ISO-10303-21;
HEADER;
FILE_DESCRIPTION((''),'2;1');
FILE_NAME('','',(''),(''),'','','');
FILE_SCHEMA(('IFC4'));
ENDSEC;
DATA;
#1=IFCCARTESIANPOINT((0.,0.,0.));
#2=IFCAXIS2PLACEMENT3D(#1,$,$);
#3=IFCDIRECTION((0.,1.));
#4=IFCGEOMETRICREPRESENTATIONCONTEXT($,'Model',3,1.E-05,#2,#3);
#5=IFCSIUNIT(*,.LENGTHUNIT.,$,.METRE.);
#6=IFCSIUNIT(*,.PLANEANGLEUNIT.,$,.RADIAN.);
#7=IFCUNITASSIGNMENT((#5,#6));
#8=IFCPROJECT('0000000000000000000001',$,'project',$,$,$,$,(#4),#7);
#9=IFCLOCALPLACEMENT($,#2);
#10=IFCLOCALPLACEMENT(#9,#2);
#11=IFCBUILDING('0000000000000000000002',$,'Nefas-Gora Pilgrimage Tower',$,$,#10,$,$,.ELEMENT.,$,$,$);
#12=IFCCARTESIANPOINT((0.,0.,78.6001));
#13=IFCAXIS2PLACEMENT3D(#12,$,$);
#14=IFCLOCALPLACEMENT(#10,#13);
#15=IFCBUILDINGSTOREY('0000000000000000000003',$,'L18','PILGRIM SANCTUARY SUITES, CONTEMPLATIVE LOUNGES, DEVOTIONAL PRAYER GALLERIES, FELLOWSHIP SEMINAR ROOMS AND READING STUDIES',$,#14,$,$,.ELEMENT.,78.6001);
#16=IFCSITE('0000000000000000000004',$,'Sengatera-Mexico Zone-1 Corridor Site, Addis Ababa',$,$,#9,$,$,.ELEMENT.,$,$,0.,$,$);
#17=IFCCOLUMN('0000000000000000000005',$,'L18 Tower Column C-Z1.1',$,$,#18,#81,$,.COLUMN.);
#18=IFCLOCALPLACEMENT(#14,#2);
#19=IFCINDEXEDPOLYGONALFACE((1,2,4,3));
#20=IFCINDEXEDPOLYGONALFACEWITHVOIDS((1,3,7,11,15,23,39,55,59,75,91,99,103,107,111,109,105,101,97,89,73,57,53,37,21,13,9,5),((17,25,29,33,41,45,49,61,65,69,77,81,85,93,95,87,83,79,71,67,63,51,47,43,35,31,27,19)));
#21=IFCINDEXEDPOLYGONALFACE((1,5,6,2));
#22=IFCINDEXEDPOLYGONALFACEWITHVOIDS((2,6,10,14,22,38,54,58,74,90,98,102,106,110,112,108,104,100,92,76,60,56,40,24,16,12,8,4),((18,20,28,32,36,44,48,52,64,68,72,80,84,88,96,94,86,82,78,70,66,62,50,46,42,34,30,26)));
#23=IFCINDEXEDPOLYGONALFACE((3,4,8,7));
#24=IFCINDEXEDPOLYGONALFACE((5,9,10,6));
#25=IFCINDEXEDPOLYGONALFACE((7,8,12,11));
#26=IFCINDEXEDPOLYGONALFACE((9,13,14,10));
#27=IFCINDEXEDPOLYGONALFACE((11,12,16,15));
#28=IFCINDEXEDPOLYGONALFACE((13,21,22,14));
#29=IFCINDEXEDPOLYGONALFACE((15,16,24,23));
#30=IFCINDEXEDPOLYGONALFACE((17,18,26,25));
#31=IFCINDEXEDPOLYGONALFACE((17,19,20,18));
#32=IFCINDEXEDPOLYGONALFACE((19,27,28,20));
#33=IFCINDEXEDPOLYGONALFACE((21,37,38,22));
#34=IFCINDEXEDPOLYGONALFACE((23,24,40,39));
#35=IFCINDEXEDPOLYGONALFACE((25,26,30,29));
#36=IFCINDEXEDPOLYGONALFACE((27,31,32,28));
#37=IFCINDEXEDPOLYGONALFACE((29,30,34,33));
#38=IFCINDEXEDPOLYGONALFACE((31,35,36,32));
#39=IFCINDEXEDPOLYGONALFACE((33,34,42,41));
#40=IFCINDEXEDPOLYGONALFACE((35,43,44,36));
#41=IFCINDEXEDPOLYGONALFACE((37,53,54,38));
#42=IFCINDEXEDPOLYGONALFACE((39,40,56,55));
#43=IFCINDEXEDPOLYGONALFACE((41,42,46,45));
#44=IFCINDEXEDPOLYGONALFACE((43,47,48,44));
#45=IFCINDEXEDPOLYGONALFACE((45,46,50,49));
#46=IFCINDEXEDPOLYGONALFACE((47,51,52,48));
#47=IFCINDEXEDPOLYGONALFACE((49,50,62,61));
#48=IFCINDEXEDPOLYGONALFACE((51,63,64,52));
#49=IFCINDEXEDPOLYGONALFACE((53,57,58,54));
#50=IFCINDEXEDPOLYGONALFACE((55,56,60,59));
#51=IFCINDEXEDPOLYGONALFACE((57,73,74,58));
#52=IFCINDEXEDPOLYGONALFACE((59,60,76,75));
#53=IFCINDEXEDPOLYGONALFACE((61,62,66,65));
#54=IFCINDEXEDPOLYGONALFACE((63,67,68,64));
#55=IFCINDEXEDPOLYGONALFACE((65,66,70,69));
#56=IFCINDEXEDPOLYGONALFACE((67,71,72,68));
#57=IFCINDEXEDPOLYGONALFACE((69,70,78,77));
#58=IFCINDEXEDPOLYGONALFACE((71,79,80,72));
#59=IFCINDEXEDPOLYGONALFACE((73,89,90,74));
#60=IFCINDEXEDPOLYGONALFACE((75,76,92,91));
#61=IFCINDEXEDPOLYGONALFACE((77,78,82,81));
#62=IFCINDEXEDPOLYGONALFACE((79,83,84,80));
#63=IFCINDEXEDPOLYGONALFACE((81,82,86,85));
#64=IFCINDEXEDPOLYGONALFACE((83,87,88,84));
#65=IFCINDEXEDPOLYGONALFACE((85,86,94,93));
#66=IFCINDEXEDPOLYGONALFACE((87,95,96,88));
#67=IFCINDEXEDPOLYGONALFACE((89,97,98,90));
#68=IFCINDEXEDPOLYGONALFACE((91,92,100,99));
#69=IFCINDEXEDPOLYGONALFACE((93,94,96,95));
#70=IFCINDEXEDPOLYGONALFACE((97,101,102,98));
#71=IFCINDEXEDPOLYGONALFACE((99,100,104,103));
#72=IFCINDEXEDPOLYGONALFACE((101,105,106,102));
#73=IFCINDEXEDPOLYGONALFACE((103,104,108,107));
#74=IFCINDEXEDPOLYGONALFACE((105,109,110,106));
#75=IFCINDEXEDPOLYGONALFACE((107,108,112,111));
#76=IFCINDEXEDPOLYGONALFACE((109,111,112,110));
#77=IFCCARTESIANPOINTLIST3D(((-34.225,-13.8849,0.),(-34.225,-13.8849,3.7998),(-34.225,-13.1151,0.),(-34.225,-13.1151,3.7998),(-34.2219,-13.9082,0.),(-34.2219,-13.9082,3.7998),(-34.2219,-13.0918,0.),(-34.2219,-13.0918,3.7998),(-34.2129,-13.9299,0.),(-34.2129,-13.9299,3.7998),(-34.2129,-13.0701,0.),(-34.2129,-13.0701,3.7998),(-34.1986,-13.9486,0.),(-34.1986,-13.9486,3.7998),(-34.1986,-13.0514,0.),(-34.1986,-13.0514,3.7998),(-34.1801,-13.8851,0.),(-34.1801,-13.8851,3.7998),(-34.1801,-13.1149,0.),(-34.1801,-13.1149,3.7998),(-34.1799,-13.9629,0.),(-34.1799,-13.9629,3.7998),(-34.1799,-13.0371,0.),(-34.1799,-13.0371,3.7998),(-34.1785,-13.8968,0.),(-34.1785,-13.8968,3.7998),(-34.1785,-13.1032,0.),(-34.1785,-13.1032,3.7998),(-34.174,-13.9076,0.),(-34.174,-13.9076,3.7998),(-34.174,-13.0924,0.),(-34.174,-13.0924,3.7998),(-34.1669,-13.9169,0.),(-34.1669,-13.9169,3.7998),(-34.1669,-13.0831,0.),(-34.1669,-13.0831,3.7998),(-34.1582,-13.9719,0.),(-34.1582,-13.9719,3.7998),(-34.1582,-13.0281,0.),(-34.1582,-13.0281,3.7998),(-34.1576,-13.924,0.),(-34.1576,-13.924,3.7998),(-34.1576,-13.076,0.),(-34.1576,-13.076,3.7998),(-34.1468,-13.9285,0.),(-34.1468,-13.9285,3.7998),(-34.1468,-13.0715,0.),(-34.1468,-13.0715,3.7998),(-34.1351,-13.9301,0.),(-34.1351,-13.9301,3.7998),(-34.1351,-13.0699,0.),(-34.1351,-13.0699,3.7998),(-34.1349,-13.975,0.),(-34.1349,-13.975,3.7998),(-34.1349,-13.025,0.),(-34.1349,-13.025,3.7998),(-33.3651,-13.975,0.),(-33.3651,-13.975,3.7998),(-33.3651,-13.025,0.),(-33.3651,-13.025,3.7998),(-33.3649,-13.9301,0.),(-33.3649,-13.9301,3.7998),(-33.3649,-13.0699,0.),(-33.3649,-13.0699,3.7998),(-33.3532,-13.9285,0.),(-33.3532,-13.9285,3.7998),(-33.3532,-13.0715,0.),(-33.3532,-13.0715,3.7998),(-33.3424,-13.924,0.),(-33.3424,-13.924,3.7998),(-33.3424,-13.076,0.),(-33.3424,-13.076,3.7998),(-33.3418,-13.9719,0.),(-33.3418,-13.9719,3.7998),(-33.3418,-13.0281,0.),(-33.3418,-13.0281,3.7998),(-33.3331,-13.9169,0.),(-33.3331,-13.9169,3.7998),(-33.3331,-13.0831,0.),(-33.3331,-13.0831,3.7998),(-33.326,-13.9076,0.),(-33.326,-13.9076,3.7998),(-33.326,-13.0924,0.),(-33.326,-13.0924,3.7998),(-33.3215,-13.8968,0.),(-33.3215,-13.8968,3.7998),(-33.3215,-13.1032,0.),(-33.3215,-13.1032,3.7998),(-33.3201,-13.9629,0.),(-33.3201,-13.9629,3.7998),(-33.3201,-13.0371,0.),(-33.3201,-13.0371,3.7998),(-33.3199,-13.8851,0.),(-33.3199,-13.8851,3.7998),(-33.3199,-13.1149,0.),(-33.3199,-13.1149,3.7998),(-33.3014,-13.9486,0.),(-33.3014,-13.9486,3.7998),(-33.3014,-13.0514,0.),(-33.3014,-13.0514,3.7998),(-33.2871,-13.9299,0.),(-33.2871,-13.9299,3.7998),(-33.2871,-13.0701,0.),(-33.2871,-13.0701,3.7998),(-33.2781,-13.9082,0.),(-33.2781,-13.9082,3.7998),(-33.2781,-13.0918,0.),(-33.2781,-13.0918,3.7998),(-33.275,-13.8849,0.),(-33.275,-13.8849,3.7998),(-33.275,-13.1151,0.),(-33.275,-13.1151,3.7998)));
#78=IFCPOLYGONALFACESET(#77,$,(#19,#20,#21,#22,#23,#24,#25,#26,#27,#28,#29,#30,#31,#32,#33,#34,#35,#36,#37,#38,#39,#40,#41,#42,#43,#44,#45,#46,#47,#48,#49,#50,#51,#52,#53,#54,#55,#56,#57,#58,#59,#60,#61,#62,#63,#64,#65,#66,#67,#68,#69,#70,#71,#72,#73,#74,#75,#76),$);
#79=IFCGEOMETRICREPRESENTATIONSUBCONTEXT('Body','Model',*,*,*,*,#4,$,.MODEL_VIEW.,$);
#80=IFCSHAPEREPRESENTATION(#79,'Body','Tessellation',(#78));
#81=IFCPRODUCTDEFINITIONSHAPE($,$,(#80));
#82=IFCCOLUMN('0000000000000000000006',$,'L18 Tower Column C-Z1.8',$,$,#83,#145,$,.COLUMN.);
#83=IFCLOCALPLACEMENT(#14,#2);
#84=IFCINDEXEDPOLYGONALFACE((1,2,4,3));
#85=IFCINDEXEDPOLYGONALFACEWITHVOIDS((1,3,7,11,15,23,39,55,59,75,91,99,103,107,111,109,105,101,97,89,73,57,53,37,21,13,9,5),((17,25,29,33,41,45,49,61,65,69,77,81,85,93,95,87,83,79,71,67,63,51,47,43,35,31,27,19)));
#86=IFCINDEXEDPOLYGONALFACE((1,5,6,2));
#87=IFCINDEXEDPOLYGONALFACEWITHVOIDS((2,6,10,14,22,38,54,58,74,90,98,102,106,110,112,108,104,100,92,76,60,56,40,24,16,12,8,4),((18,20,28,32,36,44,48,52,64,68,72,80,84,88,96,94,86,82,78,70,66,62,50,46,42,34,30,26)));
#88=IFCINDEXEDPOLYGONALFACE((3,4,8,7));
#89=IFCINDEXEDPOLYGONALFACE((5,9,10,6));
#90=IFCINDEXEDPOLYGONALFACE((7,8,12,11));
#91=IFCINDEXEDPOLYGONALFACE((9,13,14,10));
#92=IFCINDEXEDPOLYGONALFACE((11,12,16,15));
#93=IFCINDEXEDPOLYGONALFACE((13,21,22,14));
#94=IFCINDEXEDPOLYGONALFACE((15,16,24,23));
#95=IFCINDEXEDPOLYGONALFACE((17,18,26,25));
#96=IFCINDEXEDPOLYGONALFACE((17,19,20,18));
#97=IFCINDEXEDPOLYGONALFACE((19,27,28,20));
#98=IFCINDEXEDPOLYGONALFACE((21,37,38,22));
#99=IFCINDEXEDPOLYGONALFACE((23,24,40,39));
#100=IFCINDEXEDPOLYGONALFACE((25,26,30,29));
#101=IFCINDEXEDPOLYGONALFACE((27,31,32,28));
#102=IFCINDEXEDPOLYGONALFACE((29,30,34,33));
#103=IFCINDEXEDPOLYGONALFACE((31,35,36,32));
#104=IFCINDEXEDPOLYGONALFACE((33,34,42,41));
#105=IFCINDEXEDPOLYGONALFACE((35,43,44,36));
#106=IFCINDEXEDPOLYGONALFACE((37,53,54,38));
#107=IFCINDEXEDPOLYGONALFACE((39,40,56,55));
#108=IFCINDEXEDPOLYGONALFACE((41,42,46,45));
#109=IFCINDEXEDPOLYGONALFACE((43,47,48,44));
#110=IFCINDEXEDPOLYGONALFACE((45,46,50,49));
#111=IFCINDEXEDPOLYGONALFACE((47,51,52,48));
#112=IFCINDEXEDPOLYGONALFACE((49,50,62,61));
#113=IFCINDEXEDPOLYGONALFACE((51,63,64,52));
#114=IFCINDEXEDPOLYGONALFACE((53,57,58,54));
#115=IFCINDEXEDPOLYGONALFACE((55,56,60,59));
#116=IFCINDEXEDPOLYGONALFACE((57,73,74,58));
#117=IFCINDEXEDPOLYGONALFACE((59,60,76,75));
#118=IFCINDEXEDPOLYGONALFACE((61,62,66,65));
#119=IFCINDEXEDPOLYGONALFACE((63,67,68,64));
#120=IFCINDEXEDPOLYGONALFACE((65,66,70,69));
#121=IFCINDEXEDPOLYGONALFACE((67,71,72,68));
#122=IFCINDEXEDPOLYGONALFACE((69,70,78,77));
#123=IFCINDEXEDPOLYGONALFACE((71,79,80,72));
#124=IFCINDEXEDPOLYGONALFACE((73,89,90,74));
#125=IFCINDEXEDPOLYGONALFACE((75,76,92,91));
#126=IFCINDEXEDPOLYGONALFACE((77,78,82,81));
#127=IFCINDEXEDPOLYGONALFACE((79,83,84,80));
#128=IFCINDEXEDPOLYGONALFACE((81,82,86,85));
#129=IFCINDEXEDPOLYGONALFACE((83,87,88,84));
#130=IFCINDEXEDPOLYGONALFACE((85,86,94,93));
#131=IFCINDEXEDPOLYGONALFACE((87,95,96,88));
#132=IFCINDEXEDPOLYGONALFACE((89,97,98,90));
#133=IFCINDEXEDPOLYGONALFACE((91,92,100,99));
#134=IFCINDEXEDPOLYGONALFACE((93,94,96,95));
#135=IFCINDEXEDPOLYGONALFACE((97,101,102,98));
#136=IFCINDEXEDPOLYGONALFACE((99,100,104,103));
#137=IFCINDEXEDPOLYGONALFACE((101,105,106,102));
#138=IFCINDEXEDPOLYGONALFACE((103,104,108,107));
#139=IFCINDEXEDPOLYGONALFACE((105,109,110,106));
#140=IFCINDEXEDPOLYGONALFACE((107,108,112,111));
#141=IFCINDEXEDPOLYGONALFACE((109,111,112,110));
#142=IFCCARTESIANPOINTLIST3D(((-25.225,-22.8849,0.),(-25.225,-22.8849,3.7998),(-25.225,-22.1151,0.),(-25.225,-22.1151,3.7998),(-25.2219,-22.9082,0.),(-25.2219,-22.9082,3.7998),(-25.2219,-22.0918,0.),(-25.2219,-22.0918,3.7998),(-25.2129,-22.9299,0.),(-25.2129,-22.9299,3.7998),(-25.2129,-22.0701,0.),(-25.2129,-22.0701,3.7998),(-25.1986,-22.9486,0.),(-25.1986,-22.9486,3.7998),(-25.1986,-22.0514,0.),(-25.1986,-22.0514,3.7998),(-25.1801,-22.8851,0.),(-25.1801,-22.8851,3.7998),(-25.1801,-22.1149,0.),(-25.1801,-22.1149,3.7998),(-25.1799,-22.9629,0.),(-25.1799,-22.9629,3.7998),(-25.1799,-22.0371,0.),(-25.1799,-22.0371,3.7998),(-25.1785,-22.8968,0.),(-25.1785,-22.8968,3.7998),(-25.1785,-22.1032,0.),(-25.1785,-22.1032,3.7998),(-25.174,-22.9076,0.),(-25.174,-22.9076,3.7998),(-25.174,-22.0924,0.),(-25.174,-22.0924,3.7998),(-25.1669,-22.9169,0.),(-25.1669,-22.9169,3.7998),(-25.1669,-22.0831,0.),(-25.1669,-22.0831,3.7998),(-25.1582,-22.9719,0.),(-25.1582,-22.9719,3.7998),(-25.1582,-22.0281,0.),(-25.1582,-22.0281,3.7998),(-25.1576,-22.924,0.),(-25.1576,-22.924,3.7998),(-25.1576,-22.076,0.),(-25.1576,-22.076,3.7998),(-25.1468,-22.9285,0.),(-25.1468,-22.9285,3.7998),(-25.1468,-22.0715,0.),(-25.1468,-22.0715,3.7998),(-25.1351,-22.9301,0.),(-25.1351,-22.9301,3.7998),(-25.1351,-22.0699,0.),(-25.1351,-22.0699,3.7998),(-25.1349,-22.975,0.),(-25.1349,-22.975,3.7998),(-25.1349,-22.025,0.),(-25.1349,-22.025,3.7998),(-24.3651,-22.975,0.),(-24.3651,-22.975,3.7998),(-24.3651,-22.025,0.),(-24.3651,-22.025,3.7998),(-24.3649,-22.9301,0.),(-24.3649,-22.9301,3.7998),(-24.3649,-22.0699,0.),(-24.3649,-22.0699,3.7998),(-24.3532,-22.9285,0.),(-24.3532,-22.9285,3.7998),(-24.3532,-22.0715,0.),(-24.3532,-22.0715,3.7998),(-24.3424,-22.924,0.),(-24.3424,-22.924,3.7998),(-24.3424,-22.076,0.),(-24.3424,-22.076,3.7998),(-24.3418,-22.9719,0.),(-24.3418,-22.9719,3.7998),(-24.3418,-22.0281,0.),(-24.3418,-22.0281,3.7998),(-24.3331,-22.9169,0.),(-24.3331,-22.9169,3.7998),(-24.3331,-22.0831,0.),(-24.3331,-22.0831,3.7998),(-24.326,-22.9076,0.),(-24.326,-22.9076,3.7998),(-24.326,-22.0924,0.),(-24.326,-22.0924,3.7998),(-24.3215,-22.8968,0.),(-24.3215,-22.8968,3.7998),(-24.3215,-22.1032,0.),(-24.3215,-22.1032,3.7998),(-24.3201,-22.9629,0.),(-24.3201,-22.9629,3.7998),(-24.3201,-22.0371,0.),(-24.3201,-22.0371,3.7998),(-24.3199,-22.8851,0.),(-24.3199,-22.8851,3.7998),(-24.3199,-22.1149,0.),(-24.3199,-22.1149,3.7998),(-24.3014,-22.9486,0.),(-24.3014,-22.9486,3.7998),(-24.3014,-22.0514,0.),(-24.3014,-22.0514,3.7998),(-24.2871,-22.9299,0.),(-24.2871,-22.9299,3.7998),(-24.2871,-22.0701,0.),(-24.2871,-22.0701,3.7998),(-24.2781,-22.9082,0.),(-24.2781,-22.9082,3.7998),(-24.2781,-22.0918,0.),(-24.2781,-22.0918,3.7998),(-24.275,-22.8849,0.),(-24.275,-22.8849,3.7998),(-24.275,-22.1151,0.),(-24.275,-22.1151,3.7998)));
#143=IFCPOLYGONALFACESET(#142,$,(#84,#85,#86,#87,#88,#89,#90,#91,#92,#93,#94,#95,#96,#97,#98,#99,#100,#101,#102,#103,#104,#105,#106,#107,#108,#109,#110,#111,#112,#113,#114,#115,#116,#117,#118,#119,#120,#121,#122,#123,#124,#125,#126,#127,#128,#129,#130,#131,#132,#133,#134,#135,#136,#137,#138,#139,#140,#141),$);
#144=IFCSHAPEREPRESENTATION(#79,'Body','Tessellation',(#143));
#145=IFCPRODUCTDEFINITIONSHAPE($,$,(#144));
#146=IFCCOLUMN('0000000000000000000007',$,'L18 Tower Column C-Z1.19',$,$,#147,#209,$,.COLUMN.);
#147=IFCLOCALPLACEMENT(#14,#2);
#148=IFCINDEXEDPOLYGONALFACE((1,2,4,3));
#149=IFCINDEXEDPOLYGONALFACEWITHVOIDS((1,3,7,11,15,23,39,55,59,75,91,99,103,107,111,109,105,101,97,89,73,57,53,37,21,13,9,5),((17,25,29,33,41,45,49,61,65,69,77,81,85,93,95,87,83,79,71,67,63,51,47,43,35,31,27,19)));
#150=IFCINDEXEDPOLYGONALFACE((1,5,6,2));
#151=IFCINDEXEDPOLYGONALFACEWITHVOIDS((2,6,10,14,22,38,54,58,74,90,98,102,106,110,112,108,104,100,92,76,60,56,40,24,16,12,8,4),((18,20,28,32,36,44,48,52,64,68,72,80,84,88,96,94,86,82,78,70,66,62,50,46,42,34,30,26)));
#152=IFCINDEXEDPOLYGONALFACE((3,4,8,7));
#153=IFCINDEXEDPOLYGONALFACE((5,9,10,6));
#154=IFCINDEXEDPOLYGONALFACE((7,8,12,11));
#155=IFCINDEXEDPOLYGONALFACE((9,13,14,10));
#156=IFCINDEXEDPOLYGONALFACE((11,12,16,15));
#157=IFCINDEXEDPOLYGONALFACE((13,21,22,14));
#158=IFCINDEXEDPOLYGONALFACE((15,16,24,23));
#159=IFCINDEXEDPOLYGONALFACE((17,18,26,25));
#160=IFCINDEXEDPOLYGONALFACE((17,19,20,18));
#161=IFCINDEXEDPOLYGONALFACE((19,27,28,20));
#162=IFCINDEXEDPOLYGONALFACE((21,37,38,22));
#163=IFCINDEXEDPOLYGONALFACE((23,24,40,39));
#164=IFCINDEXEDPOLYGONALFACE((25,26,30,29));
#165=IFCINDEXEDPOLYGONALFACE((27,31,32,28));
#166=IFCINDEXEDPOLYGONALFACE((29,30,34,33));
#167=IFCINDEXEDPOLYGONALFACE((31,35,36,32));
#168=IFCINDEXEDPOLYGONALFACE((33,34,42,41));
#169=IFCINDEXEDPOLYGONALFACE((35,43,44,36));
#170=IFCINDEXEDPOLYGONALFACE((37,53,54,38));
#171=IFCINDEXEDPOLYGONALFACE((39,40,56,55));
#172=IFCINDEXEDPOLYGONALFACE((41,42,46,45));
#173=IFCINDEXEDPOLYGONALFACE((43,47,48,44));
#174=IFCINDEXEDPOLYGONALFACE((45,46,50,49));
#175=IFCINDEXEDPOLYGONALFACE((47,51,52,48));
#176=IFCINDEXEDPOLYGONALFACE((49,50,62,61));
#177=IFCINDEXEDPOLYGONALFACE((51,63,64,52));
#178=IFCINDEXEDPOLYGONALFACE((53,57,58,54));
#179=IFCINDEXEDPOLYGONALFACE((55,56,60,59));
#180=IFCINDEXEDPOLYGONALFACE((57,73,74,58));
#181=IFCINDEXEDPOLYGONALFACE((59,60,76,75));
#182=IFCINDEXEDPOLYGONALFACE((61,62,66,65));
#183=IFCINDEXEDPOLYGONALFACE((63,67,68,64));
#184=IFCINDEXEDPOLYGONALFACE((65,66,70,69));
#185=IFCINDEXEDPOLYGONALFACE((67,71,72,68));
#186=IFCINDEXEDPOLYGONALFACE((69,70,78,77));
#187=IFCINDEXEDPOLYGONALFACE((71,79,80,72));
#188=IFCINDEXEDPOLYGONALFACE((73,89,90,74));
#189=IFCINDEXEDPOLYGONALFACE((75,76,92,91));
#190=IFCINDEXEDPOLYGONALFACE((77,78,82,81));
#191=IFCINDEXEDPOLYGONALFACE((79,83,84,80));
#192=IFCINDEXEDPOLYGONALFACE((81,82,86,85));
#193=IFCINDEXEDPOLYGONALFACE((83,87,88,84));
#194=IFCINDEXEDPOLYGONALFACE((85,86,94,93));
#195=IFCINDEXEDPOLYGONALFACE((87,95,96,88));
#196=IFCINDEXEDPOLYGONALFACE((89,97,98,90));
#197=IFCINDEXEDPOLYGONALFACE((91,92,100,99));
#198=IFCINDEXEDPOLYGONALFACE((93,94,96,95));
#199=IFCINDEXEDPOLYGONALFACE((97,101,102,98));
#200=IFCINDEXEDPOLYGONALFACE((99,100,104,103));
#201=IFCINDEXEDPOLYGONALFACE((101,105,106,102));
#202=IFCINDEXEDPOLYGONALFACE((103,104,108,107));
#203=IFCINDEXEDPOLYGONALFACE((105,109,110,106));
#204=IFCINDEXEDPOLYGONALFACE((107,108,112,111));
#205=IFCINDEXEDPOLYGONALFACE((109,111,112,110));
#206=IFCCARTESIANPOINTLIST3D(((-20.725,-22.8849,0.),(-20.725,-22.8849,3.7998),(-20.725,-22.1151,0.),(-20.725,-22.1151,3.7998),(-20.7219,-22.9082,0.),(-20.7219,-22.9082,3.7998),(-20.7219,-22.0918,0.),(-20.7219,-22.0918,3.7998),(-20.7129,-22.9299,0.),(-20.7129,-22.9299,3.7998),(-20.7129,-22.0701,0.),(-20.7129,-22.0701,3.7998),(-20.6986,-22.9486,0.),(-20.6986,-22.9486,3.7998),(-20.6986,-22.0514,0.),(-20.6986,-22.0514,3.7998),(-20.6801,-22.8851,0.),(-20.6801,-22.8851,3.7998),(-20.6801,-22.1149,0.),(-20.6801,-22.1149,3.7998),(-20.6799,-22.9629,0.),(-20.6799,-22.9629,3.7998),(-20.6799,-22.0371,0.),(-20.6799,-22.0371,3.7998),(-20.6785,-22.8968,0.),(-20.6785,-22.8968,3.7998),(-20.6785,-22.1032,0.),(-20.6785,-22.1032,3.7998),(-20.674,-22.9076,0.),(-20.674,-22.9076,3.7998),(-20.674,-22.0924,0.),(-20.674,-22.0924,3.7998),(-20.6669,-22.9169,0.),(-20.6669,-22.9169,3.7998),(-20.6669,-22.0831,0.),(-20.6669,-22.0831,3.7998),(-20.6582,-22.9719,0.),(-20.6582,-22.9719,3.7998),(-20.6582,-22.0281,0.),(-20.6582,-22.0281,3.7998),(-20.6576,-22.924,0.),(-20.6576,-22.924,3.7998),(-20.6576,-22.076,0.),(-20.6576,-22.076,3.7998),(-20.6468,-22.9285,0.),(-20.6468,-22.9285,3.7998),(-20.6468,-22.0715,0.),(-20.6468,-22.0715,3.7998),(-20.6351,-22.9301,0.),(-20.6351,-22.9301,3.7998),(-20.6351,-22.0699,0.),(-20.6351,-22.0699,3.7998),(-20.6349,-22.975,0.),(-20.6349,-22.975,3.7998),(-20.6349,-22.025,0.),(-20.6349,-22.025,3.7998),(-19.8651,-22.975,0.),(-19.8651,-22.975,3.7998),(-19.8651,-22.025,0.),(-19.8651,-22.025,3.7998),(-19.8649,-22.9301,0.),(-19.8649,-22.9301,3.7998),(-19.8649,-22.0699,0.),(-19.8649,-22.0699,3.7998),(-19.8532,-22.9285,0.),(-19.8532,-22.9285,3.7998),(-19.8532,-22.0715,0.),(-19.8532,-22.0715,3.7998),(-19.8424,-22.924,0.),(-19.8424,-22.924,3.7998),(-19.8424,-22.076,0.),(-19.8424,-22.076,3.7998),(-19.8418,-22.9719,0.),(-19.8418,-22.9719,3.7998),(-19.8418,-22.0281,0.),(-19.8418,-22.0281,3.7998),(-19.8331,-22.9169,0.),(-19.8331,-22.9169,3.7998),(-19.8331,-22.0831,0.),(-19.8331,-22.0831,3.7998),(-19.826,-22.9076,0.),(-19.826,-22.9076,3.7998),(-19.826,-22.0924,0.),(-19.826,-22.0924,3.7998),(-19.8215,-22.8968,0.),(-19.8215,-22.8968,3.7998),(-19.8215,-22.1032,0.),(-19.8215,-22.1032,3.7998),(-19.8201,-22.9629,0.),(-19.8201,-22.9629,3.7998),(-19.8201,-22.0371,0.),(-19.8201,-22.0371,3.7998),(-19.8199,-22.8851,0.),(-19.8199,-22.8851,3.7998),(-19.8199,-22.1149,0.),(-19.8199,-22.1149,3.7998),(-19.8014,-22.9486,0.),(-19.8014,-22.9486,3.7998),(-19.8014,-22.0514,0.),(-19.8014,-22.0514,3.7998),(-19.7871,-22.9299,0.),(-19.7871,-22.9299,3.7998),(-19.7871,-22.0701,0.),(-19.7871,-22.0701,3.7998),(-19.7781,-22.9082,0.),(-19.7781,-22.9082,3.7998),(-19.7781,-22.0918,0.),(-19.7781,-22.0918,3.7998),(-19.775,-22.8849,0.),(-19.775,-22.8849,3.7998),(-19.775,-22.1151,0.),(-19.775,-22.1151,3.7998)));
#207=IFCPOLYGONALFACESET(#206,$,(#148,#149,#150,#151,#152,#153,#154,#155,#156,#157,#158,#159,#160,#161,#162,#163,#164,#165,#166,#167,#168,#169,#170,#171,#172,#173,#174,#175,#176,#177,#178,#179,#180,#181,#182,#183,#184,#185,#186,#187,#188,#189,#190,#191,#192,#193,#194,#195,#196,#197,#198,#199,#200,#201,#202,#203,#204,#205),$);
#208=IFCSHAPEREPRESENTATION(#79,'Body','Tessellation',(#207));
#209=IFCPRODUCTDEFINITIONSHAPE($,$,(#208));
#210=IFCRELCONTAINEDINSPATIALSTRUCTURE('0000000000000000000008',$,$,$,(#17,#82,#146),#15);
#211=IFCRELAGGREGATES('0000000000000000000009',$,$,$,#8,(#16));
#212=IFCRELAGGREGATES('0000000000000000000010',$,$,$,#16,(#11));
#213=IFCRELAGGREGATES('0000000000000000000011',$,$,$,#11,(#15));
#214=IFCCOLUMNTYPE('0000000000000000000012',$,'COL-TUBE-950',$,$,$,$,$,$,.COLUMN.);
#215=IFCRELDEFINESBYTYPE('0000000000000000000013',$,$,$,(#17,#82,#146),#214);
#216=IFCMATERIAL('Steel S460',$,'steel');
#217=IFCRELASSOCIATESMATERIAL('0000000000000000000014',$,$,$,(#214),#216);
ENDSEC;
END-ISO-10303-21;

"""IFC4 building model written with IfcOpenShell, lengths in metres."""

from ifc_helpers import new_model, si_unit, direction, frame, origin, origin_2d, place, context, subcontext, project, spatial, hollow_rectangle, extrude, source, transform, mapped, material, material_profile, profile_set, type_object, element, save


model = new_model("IFC4")

# Units and contexts
model_context = context("Model", 3, precision=1e-05, world=origin(), true_north=direction((0.0, 1.0)))
body_context = subcontext(model_context, "Body", "Model", "MODEL_VIEW")
ifc_project = project(units=[si_unit("LENGTHUNIT", "METRE"), si_unit("PLANEANGLEUNIT", "RADIAN")], contexts=[model_context])

# Site, building, storey
site_placement = place(None, origin())
site = spatial("IfcSite", under=ifc_project, at=site_placement, Name="Sengatera-Mexico Zone-1 Corridor Site, Addis Ababa", CompositionType="ELEMENT", RefElevation=0.0)
building_placement = place(site_placement, origin())
building = spatial("IfcBuilding", under=site, at=building_placement, Name="Nefas-Gora Pilgrimage Tower", CompositionType="ELEMENT")
storey_placement = place(building_placement, frame((0.0, 0.0, 78.6001)))
storey = spatial("IfcBuildingStorey", under=building, at=storey_placement, Name="L18", Description="PILGRIM SANCTUARY SUITES, CONTEMPLATIVE LOUNGES, DEVOTIONAL PRAYER GALLERIES, FELLOWSHIP SEMINAR ROOMS AND READING STUDIES", CompositionType="ELEMENT", Elevation=78.6001)

# Columns
ifc_material_1 = material(Name="Steel S460", Category="steel")
ifc_material_profile_1 = material_profile(ifc_material_1, hollow_rectangle(XDim=0.95, YDim=0.95, WallThickness=0.0449, InnerFilletRadius=0.0449, OuterFilletRadius=0.0901, at=origin_2d()), Name="BOX 950x950x45")
ifc_profile_set_1 = profile_set([ifc_material_profile_1], Name="Steel S460")
column_type_1 = type_object("IfcColumnType", Name="COL-TUBE-950", PredefinedType="COLUMN", material=ifc_profile_set_1)
shared_shape_1 = source(origin(), body_context, "Body", "SweptSolid", [
    extrude(hollow_rectangle(XDim=0.95, YDim=0.95, WallThickness=0.0449, InnerFilletRadius=0.0449, OuterFilletRadius=0.0901, at=origin_2d()), origin(), (0.0, 0.0, 1.0), 3.7998),
])
for number, where, z_axis, x_axis, name in (
    (1, (-33.75, -13.5, 0.0), (0.0, 0.0, 1.0), (1.0, 0.0, 0.0), "L18 Tower Column C-Z1.1"),
    (2, (-24.75, -22.5, 0.0), (0.0, 0.0, 1.0), (1.0, 0.0, 0.0), "L18 Tower Column C-Z1.8"),
    (3, (-20.25, -22.5, 0.0), (0.0, 0.0, 1.0), (1.0, 0.0, 0.0), "L18 Tower Column C-Z1.19"),
):
    element("IfcColumn", number, at=place(storey_placement, frame(where, z_axis=z_axis, x_axis=x_axis)), inside=storey, type_object=column_type_1, Name=name, PredefinedType="COLUMN", context=body_context, shape_type="MappedRepresentation", body=[
        mapped(shared_shape_1, transform((0.0, 0.0, 0.0), x_axis=(1.0, 0.0, 0.0), y_axis=(0.0, 1.0, 0.0), z_axis=(0.0, 0.0, 1.0), scale=1.0)),
    ])

save(model, "model.ifc")
